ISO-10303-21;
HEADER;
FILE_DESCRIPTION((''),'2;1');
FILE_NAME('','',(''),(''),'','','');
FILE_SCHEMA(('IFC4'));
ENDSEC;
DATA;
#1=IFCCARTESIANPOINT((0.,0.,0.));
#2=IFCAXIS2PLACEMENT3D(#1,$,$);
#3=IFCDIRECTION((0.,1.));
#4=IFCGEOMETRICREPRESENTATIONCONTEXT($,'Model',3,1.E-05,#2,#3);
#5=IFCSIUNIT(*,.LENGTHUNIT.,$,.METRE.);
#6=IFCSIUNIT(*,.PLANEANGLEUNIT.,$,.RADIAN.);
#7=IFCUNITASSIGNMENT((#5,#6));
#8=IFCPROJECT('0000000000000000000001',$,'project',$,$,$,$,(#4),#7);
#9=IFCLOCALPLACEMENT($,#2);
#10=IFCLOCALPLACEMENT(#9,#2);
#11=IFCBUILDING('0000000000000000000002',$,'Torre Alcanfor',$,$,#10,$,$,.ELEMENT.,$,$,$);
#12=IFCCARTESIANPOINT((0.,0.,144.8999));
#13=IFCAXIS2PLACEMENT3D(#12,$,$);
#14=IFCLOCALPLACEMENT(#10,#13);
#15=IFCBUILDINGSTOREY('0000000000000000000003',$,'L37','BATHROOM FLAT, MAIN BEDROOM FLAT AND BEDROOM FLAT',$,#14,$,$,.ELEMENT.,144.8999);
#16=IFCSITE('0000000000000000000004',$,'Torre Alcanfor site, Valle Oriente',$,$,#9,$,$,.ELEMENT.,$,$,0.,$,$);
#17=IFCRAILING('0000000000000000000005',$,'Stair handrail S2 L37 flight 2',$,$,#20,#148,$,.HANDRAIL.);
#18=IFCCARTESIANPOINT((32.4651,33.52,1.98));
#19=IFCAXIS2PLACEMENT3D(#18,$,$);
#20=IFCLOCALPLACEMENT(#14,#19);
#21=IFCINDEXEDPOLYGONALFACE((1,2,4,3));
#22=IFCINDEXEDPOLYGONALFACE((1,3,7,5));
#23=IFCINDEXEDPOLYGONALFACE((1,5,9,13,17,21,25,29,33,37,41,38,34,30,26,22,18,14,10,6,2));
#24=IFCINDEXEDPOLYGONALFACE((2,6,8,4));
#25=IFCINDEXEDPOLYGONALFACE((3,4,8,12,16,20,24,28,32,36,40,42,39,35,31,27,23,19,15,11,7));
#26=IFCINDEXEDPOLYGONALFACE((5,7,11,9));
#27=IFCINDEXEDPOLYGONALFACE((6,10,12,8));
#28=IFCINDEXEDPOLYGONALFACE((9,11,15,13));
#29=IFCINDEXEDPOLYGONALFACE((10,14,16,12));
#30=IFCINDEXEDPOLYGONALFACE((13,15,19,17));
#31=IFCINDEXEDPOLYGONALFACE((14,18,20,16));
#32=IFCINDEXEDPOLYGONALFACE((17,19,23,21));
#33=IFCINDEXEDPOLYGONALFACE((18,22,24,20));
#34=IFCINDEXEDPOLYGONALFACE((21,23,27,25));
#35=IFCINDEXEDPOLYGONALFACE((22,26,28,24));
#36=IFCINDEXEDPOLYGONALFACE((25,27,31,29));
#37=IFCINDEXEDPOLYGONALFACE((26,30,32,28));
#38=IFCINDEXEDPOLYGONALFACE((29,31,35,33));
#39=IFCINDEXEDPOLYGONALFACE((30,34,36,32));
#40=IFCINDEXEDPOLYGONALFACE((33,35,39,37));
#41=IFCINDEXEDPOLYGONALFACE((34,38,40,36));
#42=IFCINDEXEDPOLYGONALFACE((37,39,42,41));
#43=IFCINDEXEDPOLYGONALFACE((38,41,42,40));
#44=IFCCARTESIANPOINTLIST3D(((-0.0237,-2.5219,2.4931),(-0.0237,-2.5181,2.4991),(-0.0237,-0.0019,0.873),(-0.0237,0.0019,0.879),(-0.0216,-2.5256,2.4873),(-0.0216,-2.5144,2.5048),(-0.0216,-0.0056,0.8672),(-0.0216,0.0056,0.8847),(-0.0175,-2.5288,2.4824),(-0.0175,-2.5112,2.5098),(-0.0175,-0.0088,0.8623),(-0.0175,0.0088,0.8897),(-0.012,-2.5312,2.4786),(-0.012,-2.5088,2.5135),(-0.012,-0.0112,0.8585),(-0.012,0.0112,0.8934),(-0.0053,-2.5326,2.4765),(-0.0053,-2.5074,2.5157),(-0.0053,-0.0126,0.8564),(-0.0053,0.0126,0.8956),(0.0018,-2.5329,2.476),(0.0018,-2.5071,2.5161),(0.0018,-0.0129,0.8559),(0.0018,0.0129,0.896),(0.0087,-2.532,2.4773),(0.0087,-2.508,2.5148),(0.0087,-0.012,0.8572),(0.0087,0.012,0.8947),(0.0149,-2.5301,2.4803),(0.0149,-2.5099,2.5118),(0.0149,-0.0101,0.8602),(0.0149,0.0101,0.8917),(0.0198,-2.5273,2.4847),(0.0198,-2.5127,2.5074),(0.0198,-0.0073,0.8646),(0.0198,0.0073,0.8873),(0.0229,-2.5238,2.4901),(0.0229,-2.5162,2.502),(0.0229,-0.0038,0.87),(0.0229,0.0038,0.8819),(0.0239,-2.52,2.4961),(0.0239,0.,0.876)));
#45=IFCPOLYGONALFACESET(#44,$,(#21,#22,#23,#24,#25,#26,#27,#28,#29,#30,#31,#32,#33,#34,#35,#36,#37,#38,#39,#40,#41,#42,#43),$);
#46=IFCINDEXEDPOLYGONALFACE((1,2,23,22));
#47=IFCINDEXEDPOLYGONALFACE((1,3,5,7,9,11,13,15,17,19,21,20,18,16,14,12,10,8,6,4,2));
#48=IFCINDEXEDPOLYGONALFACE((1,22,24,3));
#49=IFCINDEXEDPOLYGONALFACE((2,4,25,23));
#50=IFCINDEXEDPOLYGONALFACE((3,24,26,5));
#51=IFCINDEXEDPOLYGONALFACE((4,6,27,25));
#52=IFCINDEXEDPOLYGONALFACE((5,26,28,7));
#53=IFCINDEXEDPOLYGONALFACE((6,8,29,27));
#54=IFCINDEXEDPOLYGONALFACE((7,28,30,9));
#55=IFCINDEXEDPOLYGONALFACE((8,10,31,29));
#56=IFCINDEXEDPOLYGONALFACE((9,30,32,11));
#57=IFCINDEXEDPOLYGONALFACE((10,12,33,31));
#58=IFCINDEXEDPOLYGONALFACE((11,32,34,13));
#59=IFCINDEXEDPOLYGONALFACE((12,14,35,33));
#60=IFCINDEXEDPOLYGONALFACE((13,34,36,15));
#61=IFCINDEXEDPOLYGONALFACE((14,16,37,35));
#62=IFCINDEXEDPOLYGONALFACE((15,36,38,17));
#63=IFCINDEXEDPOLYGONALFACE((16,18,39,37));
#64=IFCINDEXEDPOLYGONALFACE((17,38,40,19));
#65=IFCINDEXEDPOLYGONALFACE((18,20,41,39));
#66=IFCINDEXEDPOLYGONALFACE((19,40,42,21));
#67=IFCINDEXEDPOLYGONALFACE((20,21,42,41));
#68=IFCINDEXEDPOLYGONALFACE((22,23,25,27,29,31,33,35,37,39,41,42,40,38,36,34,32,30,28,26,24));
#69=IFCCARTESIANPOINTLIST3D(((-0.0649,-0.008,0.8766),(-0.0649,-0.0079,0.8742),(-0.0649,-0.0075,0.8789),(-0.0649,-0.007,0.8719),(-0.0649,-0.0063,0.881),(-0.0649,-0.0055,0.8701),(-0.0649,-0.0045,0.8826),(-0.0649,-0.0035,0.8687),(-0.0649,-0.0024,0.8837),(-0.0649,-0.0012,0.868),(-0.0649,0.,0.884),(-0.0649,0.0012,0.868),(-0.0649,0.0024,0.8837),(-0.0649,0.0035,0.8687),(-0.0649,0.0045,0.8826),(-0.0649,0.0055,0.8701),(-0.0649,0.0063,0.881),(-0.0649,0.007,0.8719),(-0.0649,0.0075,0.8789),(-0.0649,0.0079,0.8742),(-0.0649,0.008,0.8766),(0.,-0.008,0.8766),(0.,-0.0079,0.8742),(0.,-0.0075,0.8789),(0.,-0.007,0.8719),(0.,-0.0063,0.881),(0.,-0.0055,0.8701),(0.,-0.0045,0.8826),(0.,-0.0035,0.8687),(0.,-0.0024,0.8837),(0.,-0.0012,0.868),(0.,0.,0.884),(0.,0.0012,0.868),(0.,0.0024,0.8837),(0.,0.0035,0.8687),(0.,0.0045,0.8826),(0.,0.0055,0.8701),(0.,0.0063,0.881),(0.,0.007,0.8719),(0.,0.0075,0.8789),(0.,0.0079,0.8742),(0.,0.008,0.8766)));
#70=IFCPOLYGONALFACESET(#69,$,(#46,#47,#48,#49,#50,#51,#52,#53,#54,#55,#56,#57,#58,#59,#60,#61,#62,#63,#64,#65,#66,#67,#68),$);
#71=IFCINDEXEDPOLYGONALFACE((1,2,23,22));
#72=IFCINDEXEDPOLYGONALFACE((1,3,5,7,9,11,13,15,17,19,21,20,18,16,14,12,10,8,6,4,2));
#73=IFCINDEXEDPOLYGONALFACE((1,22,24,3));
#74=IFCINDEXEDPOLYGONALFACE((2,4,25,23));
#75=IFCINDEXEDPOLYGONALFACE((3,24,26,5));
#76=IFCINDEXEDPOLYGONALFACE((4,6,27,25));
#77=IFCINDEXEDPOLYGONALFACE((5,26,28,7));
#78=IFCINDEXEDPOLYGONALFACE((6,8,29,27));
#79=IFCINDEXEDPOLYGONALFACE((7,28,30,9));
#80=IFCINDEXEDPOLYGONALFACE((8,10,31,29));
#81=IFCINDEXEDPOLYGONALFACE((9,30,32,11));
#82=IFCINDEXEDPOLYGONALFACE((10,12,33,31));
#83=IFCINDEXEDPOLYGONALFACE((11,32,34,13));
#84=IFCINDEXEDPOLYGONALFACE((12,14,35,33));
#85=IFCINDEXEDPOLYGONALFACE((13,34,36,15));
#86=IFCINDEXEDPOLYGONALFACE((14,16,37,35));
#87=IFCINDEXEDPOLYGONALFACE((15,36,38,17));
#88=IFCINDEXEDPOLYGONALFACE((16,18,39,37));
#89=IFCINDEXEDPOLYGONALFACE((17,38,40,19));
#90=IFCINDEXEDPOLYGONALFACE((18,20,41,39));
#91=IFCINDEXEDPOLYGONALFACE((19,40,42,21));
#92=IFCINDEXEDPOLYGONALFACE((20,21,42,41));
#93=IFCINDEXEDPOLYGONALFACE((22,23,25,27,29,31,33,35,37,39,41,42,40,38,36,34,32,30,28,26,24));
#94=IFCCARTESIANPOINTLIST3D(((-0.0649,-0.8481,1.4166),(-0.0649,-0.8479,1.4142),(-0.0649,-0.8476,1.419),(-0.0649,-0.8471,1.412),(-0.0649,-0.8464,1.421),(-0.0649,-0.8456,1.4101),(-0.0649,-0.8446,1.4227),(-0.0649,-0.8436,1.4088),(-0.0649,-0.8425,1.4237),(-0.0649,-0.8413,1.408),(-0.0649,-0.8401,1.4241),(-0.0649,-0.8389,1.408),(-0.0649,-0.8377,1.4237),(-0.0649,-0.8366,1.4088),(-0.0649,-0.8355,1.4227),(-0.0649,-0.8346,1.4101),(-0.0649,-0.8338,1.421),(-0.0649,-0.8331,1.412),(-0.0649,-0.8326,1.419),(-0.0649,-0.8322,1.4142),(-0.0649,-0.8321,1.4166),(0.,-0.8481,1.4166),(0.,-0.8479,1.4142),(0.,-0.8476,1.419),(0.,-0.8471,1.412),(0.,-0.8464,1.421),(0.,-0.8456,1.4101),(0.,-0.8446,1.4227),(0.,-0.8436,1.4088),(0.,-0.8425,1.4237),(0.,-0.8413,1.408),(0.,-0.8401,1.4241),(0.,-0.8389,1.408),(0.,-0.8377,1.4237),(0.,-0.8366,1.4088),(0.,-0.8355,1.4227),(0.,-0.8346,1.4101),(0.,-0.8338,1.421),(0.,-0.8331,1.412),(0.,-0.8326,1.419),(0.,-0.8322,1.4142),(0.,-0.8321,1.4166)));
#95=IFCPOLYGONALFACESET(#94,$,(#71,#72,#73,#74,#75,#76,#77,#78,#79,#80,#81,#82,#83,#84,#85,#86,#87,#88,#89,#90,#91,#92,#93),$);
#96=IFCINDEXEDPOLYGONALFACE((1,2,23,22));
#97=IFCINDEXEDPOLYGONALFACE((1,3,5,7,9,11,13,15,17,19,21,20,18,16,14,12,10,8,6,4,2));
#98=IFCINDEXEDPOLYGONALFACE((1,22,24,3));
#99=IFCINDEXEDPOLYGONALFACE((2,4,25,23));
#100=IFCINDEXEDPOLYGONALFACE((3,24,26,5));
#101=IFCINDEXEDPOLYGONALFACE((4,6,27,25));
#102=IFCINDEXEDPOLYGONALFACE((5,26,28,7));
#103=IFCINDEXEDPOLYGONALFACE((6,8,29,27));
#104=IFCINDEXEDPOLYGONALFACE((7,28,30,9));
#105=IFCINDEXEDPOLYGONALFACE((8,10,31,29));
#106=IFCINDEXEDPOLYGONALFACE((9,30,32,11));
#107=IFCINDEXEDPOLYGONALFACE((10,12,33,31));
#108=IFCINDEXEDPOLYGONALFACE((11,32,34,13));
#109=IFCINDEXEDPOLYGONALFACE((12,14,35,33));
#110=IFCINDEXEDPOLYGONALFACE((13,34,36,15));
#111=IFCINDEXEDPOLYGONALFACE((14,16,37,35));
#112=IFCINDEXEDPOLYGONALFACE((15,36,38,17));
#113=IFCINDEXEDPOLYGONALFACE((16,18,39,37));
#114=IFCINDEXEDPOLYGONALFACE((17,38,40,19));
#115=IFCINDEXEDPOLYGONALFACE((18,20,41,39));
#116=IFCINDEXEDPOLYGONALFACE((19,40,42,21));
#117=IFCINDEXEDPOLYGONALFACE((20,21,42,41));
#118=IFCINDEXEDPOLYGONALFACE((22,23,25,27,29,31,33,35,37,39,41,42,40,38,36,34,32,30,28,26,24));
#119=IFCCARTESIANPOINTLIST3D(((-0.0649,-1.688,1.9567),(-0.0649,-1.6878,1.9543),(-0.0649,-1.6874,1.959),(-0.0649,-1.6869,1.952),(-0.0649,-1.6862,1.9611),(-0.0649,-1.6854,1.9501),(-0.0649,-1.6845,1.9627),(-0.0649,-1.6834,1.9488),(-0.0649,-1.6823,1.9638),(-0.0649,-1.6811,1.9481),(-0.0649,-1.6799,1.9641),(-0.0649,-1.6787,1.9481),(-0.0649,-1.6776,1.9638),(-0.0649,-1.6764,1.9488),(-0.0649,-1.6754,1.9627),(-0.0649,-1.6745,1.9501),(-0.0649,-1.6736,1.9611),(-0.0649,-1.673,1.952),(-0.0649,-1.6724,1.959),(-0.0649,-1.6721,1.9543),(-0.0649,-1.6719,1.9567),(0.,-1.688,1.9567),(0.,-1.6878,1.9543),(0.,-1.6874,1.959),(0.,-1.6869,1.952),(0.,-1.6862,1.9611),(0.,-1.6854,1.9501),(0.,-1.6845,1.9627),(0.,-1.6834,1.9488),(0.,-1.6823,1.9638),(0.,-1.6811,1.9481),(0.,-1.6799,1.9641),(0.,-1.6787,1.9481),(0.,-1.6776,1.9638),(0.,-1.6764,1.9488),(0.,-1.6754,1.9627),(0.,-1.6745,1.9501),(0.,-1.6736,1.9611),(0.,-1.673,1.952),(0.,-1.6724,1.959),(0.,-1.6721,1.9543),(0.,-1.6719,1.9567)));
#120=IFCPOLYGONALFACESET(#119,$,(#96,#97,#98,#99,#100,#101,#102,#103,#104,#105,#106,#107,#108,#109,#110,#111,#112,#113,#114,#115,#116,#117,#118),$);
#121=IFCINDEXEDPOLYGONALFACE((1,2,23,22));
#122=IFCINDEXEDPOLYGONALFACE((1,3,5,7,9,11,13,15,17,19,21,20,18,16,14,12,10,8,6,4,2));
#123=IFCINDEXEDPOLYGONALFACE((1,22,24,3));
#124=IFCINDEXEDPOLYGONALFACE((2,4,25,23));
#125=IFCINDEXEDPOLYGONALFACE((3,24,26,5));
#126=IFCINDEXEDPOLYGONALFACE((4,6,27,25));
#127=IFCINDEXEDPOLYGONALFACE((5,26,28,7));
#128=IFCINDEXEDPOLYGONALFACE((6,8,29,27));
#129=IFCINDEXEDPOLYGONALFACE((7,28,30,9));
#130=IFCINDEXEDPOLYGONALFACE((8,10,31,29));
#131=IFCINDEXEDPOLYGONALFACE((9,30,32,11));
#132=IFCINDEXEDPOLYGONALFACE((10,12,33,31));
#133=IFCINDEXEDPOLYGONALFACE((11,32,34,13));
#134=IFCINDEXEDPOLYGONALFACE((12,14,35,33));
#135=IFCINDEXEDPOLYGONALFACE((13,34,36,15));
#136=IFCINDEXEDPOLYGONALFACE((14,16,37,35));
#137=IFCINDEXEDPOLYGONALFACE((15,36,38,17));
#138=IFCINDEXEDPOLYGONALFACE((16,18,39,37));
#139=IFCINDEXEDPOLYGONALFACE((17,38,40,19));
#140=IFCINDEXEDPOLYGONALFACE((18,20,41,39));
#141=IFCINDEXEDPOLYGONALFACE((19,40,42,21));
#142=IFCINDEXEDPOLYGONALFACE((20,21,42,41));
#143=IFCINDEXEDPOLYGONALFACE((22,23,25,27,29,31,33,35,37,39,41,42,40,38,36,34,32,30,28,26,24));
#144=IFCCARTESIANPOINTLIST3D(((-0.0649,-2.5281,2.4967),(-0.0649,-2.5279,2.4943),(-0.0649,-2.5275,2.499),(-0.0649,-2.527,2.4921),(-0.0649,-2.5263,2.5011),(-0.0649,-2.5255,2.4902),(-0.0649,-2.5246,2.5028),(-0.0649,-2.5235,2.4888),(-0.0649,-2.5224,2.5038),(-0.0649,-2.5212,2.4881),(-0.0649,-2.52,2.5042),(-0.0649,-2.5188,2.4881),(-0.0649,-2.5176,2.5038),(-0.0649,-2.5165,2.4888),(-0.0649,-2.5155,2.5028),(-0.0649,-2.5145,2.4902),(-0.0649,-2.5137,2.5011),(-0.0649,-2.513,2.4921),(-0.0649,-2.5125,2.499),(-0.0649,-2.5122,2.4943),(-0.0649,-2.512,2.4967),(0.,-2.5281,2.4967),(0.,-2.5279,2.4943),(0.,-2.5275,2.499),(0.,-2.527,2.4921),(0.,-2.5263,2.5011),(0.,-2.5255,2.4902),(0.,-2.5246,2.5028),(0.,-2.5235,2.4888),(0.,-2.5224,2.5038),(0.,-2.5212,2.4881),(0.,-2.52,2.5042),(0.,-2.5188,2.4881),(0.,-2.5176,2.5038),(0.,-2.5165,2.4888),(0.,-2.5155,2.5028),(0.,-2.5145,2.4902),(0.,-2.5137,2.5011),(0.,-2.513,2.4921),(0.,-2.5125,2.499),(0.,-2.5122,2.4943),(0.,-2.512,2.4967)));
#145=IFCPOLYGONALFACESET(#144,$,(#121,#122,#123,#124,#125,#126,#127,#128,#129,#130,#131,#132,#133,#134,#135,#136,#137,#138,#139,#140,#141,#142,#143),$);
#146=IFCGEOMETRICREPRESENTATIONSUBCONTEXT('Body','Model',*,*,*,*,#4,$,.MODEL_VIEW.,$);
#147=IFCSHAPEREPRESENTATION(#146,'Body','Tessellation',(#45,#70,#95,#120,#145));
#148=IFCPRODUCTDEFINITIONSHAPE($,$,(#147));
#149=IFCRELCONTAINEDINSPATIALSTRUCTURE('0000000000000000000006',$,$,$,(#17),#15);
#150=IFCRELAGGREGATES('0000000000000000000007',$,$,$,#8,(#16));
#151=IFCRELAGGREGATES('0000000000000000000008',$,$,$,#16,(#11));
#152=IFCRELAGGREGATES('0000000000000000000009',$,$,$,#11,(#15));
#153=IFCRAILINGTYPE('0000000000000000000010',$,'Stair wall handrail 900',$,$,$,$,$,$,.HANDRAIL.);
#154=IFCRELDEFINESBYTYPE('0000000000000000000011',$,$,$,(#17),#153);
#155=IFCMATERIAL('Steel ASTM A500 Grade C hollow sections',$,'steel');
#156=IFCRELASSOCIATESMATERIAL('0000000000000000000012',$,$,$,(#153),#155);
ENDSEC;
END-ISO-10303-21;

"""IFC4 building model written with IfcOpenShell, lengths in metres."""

from ifc_helpers import new_model, si_unit, direction, frame, origin, origin_2d, place, context, subcontext, project, spatial, circle, extrude, material, type_object, element, save


model = new_model("IFC4")

# Units and contexts
model_context = context("Model", 3, precision=1e-05, world=origin(), true_north=direction((0.0, 1.0)))
body_context = subcontext(model_context, "Body", "Model", "MODEL_VIEW")
ifc_project = project(units=[si_unit("LENGTHUNIT", "METRE"), si_unit("PLANEANGLEUNIT", "RADIAN")], contexts=[model_context])

# Site, building, storey
site_placement = place(None, origin())
site = spatial("IfcSite", under=ifc_project, at=site_placement, Name="Torre Alcanfor site, Valle Oriente", CompositionType="ELEMENT", RefElevation=0.0)
building_placement = place(site_placement, origin())
building = spatial("IfcBuilding", under=site, at=building_placement, Name="Torre Alcanfor", CompositionType="ELEMENT")
storey_placement = place(building_placement, frame((0.0, 0.0, 144.8999)))
storey = spatial("IfcBuildingStorey", under=building, at=storey_placement, Name="L37", Description="BATHROOM FLAT, MAIN BEDROOM FLAT AND BEDROOM FLAT", CompositionType="ELEMENT", Elevation=144.8999)

# Railing
ifc_material_1 = material(Name="Steel ASTM A500 Grade C hollow sections", Category="steel")
railing_type_1 = type_object("IfcRailingType", Name="Stair wall handrail 900", PredefinedType="HANDRAIL", material=ifc_material_1)
railing_1_placement = place(storey_placement, frame((32.4651, 33.52, 1.98)))
element("IfcRailing", 1, at=railing_1_placement, inside=storey, type_object=railing_type_1, Name="Stair handrail S2 L37 flight 2", PredefinedType="HANDRAIL", context=body_context, shape_type="SweptSolid", body=[
    extrude(circle(Radius=0.0239, at=origin_2d()), frame((0.0, 0.0, 0.876), z_axis=(0.0, -0.841163, 0.540782), x_axis=(1.0, 0.0, 0.0)), (0.0, 0.0, 1.0), 2.9958),
    extrude(circle(Radius=0.0081, at=origin_2d()), frame((0.0, 0.0, 0.876), z_axis=(-1.0, 0.0, 0.0), x_axis=(0.0, 0.0, 1.0)), (0.0, 0.0, 1.0), 0.0649),
    extrude(circle(Radius=0.0081, at=origin_2d()), frame((0.0, -0.8401, 1.416), z_axis=(-1.0, 0.0, 0.0), x_axis=(0.0, 0.0, 1.0)), (0.0, 0.0, 1.0), 0.0649),
    extrude(circle(Radius=0.0081, at=origin_2d()), frame((0.0, -1.6799, 1.9561), z_axis=(-1.0, 0.0, 0.0), x_axis=(0.0, 0.0, 1.0)), (0.0, 0.0, 1.0), 0.0649),
    extrude(circle(Radius=0.0081, at=origin_2d()), frame((0.0, -2.52, 2.4961), z_axis=(-1.0, 0.0, 0.0), x_axis=(0.0, 0.0, 1.0)), (0.0, 0.0, 1.0), 0.0649),
])

save(model, "model.ifc")
